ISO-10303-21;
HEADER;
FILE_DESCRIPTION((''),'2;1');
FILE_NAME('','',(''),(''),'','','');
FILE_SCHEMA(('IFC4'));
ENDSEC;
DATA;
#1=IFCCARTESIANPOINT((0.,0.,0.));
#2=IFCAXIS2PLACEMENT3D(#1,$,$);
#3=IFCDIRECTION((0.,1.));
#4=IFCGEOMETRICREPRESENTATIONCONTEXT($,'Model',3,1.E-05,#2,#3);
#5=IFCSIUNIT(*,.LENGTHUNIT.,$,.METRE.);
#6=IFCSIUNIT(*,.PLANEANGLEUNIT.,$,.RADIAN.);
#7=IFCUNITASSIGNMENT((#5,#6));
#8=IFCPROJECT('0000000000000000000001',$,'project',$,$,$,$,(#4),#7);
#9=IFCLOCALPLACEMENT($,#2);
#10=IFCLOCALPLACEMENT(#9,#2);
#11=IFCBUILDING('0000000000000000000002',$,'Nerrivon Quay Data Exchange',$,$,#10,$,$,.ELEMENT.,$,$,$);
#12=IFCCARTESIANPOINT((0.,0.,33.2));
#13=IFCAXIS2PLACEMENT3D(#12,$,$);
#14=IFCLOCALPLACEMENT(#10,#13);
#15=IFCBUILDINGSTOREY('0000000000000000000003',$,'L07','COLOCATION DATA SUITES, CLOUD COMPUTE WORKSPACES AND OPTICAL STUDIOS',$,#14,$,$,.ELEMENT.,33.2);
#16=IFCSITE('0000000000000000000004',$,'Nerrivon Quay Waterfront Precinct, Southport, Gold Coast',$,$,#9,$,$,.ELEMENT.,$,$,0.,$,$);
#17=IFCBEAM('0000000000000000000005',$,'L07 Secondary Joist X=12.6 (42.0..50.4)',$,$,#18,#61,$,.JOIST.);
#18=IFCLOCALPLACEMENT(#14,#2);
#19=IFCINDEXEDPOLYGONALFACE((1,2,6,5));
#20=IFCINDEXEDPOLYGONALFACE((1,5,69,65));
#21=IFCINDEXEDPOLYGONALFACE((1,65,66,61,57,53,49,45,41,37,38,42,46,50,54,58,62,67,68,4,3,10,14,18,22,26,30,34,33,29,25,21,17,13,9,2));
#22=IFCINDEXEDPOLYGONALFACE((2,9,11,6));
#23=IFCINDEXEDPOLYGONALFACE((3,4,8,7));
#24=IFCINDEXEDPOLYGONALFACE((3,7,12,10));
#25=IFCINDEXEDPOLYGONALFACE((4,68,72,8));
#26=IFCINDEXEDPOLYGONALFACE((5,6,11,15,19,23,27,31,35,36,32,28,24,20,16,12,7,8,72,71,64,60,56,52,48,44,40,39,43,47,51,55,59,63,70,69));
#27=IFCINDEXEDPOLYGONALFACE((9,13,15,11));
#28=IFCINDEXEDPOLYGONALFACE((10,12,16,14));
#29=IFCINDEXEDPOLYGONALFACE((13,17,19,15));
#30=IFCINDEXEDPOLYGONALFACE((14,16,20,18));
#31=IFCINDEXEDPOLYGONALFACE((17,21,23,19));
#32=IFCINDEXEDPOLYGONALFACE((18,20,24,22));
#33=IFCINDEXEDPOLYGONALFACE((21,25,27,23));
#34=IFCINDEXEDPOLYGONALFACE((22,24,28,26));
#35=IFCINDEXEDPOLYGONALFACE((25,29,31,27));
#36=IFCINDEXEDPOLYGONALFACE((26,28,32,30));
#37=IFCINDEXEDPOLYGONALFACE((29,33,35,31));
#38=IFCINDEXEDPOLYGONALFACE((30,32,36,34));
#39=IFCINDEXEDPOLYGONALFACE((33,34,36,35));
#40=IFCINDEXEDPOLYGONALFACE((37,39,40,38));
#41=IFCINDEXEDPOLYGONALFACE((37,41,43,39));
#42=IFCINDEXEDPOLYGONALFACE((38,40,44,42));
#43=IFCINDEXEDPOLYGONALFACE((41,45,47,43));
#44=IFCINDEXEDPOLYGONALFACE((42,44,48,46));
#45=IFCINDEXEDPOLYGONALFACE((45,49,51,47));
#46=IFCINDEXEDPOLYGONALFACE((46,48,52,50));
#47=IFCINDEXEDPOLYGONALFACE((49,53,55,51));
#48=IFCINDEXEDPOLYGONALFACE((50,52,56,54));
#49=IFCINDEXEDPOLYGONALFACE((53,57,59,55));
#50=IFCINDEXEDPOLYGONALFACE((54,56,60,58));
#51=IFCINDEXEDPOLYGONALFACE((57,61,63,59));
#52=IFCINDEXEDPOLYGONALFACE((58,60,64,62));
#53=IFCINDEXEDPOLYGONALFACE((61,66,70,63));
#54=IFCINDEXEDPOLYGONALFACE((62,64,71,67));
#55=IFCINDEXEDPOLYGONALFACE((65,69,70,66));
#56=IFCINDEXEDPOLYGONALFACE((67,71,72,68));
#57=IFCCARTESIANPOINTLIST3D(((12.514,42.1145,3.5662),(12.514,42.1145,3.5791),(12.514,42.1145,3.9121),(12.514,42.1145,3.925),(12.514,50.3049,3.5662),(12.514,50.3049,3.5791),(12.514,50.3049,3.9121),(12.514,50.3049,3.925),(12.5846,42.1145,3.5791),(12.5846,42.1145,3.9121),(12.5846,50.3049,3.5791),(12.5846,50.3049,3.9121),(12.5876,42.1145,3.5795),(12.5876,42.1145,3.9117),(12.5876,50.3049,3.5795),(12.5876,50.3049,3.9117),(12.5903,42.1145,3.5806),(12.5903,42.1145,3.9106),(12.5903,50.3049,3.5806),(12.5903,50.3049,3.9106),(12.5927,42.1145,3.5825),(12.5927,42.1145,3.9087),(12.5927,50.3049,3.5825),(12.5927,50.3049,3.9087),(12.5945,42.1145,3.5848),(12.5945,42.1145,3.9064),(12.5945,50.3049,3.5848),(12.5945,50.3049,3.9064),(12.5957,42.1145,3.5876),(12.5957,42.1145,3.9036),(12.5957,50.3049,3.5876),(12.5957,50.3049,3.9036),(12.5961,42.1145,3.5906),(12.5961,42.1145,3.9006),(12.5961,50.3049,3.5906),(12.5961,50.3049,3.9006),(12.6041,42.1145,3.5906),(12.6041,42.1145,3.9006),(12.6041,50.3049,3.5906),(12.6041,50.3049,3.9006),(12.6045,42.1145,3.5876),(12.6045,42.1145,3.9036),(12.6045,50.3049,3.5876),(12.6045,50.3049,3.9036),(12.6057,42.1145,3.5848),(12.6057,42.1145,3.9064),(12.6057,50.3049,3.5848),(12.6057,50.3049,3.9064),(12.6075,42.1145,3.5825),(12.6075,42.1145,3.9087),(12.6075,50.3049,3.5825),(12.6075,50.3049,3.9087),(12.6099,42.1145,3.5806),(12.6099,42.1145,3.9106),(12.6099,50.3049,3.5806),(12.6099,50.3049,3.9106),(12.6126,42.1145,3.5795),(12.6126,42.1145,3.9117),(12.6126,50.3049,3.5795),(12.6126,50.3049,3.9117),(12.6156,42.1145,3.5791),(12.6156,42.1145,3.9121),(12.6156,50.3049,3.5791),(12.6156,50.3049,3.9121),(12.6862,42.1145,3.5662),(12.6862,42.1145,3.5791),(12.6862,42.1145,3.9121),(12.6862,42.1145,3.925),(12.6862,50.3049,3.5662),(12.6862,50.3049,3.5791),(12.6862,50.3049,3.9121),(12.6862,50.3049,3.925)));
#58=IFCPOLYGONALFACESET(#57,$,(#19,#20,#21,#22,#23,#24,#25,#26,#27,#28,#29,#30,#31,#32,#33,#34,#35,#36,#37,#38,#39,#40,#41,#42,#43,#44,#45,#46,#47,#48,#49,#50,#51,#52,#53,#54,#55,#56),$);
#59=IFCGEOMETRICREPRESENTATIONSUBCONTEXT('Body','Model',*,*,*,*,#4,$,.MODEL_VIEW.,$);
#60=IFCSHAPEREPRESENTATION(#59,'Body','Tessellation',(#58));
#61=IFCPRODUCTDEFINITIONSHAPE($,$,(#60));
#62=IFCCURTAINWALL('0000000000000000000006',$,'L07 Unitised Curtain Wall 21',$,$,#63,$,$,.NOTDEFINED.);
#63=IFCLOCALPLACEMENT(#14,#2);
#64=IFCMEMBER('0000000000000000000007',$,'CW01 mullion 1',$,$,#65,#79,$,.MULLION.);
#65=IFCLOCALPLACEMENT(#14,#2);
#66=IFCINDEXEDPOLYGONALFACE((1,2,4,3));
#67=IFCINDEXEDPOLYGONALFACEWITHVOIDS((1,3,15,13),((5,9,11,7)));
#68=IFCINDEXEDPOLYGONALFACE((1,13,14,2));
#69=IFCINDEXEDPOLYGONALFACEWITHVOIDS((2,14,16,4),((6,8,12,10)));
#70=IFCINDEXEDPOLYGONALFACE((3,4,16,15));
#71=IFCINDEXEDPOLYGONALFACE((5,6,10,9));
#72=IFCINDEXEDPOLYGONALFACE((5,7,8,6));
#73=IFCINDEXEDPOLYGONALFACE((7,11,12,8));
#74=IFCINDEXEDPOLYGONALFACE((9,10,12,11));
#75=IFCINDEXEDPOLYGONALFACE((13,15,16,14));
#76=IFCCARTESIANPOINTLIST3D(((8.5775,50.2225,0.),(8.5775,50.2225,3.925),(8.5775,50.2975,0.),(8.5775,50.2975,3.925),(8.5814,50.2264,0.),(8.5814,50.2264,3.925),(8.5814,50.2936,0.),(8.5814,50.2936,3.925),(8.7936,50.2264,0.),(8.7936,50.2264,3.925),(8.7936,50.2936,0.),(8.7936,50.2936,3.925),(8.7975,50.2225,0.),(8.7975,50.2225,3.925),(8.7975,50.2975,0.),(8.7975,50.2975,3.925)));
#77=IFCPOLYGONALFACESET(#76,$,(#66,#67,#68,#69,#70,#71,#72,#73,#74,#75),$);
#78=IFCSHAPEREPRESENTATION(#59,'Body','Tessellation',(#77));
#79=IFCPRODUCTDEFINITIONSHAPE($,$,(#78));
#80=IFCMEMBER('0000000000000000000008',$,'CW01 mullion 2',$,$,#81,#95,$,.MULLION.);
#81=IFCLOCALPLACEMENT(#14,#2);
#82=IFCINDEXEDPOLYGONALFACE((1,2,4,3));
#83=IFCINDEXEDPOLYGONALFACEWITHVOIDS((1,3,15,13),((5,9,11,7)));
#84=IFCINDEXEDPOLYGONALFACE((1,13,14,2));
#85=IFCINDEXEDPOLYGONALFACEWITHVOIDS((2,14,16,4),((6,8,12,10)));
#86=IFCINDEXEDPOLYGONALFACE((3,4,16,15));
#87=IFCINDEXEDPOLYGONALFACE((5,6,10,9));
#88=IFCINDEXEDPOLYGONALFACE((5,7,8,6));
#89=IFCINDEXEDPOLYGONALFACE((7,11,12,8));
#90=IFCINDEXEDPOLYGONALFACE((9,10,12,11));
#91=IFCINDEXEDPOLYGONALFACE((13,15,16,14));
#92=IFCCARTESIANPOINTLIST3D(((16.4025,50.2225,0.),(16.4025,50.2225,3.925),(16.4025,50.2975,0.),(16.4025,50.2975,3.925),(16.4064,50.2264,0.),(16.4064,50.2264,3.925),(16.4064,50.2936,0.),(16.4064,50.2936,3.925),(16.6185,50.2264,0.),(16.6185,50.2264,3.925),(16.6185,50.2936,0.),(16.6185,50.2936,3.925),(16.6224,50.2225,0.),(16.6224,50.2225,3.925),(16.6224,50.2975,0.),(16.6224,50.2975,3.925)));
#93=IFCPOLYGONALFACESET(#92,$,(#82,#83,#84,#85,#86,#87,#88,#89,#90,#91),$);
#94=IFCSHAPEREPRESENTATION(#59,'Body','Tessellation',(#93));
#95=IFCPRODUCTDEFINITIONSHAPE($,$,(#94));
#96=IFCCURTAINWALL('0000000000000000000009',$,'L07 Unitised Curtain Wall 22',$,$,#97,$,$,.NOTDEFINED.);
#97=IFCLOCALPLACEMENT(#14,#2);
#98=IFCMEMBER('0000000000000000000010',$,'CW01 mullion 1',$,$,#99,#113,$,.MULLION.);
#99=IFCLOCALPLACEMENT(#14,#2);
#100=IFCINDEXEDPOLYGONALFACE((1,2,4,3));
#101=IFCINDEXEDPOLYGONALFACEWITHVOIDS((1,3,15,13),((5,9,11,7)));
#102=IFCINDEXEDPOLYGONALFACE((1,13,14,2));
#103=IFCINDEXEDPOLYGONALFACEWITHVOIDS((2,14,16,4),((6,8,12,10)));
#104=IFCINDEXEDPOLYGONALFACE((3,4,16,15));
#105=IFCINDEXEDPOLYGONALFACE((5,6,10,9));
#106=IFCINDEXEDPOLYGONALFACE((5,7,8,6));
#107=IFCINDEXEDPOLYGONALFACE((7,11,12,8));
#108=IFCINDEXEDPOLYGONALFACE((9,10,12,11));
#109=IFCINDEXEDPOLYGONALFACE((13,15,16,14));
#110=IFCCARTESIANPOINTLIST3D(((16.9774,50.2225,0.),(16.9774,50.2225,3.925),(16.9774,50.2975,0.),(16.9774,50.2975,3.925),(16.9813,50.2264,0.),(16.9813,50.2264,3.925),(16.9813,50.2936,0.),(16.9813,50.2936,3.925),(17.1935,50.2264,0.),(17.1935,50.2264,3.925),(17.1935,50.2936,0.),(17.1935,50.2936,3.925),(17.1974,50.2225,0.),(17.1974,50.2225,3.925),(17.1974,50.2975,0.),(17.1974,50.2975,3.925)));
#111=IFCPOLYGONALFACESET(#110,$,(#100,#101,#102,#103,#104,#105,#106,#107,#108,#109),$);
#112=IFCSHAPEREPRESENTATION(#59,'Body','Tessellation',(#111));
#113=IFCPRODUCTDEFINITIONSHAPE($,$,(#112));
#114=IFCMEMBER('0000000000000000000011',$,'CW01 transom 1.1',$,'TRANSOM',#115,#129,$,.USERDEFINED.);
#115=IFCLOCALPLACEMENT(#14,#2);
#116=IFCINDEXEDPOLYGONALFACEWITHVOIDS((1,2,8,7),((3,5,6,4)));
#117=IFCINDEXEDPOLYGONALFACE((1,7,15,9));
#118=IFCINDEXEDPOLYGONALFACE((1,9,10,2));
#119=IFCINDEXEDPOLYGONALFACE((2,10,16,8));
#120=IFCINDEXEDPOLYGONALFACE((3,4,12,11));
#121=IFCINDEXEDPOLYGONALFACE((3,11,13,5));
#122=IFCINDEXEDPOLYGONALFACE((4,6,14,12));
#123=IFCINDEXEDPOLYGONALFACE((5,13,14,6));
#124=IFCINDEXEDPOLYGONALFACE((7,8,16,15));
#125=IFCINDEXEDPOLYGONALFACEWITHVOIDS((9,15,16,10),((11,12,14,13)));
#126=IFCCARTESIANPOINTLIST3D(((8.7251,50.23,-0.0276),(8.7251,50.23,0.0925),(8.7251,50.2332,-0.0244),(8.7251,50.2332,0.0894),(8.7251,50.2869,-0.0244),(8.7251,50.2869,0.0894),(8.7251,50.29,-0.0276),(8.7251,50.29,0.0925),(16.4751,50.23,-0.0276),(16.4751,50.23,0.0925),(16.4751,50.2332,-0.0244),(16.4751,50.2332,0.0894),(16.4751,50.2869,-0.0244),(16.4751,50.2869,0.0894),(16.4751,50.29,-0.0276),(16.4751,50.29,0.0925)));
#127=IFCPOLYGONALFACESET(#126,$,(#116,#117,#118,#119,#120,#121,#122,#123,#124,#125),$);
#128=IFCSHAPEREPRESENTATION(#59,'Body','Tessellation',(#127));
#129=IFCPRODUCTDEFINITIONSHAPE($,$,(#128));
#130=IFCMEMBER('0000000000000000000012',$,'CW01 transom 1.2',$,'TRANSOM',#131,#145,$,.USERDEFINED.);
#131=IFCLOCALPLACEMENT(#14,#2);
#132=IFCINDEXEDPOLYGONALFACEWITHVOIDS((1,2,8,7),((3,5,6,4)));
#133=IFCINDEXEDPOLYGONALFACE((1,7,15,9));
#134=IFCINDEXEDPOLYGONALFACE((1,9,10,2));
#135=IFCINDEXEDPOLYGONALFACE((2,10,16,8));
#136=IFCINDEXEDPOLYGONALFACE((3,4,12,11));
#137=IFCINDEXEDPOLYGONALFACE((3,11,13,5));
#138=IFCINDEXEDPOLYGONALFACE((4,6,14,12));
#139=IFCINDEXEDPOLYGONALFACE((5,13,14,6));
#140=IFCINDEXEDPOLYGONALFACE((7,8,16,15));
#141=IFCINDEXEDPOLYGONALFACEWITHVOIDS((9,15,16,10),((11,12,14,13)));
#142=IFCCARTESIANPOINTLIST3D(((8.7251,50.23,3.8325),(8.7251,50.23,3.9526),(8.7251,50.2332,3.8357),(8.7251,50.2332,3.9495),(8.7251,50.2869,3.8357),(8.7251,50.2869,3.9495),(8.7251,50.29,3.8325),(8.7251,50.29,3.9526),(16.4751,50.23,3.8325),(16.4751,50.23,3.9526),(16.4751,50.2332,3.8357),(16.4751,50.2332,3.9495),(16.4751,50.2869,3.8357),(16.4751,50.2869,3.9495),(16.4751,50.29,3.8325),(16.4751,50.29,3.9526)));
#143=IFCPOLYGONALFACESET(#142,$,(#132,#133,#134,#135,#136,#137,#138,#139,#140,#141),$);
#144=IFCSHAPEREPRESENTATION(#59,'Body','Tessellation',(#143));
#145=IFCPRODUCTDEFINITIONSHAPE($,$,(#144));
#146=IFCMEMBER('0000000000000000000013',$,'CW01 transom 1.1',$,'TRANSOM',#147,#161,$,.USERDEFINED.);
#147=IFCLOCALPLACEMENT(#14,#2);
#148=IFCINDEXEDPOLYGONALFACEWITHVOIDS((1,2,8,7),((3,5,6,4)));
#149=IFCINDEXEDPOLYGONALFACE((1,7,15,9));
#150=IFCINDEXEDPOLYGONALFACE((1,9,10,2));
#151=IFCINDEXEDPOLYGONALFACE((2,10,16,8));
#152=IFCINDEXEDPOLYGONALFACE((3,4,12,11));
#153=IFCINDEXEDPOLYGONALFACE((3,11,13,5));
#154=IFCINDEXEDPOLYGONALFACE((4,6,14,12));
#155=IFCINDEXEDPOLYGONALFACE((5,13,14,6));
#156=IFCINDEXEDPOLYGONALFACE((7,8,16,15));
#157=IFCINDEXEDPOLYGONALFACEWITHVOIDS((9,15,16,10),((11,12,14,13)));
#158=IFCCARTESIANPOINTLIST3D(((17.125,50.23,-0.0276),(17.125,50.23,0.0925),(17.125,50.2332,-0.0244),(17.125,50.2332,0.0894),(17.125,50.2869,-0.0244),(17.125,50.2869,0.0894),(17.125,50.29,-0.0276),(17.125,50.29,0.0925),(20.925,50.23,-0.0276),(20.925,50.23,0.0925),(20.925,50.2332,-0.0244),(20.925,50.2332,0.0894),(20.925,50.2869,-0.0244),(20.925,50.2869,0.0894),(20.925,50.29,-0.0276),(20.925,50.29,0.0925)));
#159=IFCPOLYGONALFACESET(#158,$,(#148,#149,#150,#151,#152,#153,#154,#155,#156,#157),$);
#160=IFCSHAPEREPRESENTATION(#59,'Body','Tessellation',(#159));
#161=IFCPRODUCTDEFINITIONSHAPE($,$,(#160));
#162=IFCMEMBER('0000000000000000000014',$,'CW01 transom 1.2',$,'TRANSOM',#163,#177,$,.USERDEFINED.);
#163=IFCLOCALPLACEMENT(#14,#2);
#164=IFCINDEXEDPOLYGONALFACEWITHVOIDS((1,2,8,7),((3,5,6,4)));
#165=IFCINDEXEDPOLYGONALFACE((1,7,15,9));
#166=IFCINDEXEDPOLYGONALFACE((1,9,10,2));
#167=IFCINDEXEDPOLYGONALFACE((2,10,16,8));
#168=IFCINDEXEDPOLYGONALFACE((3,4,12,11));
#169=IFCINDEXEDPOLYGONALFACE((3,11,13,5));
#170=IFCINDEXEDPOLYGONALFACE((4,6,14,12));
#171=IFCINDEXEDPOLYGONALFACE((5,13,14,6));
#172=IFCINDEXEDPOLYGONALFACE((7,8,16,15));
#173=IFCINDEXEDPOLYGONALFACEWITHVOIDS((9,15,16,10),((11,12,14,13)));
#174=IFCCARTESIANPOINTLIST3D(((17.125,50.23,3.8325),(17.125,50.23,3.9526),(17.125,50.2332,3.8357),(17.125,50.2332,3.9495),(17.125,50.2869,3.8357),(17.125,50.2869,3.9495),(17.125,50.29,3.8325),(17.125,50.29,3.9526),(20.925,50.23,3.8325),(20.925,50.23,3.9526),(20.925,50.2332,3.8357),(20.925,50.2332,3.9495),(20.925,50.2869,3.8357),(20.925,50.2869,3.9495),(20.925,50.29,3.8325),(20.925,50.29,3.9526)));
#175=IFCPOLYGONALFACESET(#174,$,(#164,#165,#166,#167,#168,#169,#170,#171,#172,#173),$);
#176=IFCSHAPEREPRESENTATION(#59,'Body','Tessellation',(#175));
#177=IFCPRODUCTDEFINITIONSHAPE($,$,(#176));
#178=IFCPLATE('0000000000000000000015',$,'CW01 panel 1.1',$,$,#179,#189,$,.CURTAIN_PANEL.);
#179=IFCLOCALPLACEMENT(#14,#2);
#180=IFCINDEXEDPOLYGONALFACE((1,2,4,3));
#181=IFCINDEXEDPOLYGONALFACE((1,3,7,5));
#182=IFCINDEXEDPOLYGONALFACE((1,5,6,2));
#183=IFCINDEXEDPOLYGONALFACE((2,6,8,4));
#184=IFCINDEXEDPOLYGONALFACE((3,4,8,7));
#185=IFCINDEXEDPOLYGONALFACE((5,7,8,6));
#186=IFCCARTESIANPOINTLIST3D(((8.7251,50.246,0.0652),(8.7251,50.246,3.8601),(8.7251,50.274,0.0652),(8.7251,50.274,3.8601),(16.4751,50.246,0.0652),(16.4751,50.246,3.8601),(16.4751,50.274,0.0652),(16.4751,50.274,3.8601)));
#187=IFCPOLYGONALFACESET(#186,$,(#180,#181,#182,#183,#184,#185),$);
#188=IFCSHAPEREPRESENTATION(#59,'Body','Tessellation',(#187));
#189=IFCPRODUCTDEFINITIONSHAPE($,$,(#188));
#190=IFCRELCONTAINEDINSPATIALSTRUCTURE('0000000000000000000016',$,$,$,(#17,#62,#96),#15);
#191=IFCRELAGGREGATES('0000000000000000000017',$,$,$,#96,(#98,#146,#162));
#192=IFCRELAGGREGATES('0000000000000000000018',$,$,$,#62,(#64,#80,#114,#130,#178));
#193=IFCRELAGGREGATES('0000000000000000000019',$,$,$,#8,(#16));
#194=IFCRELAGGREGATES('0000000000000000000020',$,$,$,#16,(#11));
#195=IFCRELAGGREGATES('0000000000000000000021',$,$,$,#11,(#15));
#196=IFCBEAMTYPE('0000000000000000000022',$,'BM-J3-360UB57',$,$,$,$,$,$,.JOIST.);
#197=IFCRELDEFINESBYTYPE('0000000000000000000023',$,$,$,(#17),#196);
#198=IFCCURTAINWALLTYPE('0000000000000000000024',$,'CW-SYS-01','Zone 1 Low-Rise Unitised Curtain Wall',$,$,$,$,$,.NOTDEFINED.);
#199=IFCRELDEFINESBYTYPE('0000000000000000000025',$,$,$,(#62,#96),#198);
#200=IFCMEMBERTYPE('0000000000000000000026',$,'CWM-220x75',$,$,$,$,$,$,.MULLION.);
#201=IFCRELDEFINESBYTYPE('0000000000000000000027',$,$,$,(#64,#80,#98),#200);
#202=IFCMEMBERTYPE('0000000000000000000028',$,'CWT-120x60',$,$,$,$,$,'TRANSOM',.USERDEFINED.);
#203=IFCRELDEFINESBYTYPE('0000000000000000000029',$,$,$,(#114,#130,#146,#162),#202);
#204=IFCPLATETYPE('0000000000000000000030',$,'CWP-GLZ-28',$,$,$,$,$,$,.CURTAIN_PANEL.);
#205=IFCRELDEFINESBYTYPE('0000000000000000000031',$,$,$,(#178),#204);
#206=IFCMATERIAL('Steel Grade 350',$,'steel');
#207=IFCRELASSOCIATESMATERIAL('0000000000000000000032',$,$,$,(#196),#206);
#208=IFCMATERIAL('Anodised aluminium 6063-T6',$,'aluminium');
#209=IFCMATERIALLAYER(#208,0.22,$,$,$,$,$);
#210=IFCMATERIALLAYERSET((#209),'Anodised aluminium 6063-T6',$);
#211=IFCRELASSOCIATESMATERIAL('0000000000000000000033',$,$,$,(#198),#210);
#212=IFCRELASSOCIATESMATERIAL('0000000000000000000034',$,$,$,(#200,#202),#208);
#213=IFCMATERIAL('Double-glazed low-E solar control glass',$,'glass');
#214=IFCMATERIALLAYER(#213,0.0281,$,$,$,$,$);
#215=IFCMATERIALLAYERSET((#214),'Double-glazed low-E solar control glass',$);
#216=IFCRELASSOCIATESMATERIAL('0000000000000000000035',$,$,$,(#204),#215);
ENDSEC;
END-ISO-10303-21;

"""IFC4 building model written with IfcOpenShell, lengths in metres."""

from ifc_helpers import new_model, si_unit, direction, frame, origin, origin_2d, place, context, subcontext, project, spatial, rectangle, hollow_rectangle, i_section, extrude, material, layer, layer_set, material_profile, profile_set, type_object, element, aggregate, save


model = new_model("IFC4")

# Units and contexts
model_context = context("Model", 3, precision=1e-05, world=origin(), true_north=direction((0.0, 1.0)))
body_context = subcontext(model_context, "Body", "Model", "MODEL_VIEW")
ifc_project = project(units=[si_unit("LENGTHUNIT", "METRE"), si_unit("PLANEANGLEUNIT", "RADIAN")], contexts=[model_context])

# Site, building, storey
site_placement = place(None, origin())
site = spatial("IfcSite", under=ifc_project, at=site_placement, Name="Nerrivon Quay Waterfront Precinct, Southport, Gold Coast", CompositionType="ELEMENT", RefElevation=0.0)
building_placement = place(site_placement, origin())
building = spatial("IfcBuilding", under=site, at=building_placement, Name="Nerrivon Quay Data Exchange", CompositionType="ELEMENT")
storey_placement = place(building_placement, frame((0.0, 0.0, 33.2)))
storey = spatial("IfcBuildingStorey", under=building, at=storey_placement, Name="L07", Description="COLOCATION DATA SUITES, CLOUD COMPUTE WORKSPACES AND OPTICAL STUDIOS", CompositionType="ELEMENT", Elevation=33.2)

# Shared definitions
ifc_material_1 = material(Name="Steel Grade 350", Category="steel")

# Beam
ifc_material_profile_1 = material_profile(ifc_material_1, i_section(OverallWidth=0.1721, OverallDepth=0.3589, WebThickness=0.0081, FlangeThickness=0.0129, FilletRadius=0.0115, at=origin_2d()), Name="360UB56.7")
ifc_profile_set_1 = profile_set([ifc_material_profile_1], Name="Steel Grade 350")
beam_type_1 = type_object("IfcBeamType", Name="BM-J3-360UB57", PredefinedType="JOIST", material=ifc_profile_set_1)
beam_1_placement = place(storey_placement, frame((12.6001, 42.1145, 3.7456), z_axis=(0.0, 1.0, 0.0), x_axis=(-1.0, 0.0, 0.0)))
element("IfcBeam", 1, at=beam_1_placement, inside=storey, type_object=beam_type_1, Name="L07 Secondary Joist X=12.6 (42.0..50.4)", PredefinedType="JOIST", context=body_context, shape_type="SweptSolid", body=[
    extrude(i_section(OverallWidth=0.1721, OverallDepth=0.3589, WebThickness=0.0081, FlangeThickness=0.0129, FilletRadius=0.0115, at=origin_2d()), origin(), (0.0, 0.0, 1.0), 8.1904),
])

# Curtain wall, members
ifc_material_2 = material(Name="Anodised aluminium 6063-T6", Category="aluminium")
ifc_layer_1 = layer(ifc_material_2, 0.22)
ifc_layer_set_1 = layer_set([ifc_layer_1], Name="Anodised aluminium 6063-T6")
curtain_wall_type = type_object("IfcCurtainWallType", Name="CW-SYS-01", Description="Zone 1 Low-Rise Unitised Curtain Wall", PredefinedType="NOTDEFINED", material=ifc_layer_set_1)
curtain_wall_1_placement = place(storey_placement, origin())
curtain_wall_1 = element("IfcCurtainWall", 2, at=curtain_wall_1_placement, inside=storey, type_object=curtain_wall_type, Name="L07 Unitised Curtain Wall 21", PredefinedType="NOTDEFINED")
ifc_material_profile_2 = material_profile(ifc_material_2, hollow_rectangle(XDim=0.075, YDim=0.22, WallThickness=0.0039, at=origin_2d()), Name="ALU-MULL-220x75")
ifc_profile_set_2 = profile_set([ifc_material_profile_2], Name="Anodised aluminium 6063-T6")
member_type_1 = type_object("IfcMemberType", Name="CWM-220x75", PredefinedType="MULLION", material=ifc_profile_set_2)
member_1_placement = place(storey_placement, frame((8.6875, 50.26, 0.0), z_axis=(0.0, 0.0, 1.0), x_axis=(0.0, 1.0, 0.0)))
member_1 = element("IfcMember", 3, at=member_1_placement, type_object=member_type_1, Name="CW01 mullion 1", PredefinedType="MULLION", context=body_context, shape_type="SweptSolid", body=[
    extrude(hollow_rectangle(XDim=0.075, YDim=0.22, WallThickness=0.0039, at=origin_2d()), origin(), (0.0, 0.0, 1.0), 3.925),
])
member_2_placement = place(storey_placement, frame((16.5125, 50.26, 0.0), z_axis=(0.0, 0.0, 1.0), x_axis=(0.0, 1.0, 0.0)))
member_2 = element("IfcMember", 4, at=member_2_placement, type_object=member_type_1, Name="CW01 mullion 2", PredefinedType="MULLION", context=body_context, shape_type="SweptSolid", body=[
    extrude(hollow_rectangle(XDim=0.075, YDim=0.22, WallThickness=0.0039, at=origin_2d()), origin(), (0.0, 0.0, 1.0), 3.925),
])

# Curtain wall, member
curtain_wall_2_placement = place(storey_placement, origin())
curtain_wall_2 = element("IfcCurtainWall", 5, at=curtain_wall_2_placement, inside=storey, type_object=curtain_wall_type, Name="L07 Unitised Curtain Wall 22", PredefinedType="NOTDEFINED")
member_3_placement = place(storey_placement, frame((17.0874, 50.26, 0.0), z_axis=(0.0, 0.0, 1.0), x_axis=(0.0, 1.0, 0.0)))
member_3 = element("IfcMember", 6, at=member_3_placement, type_object=member_type_1, Name="CW01 mullion 1", PredefinedType="MULLION", context=body_context, shape_type="SweptSolid", body=[
    extrude(hollow_rectangle(XDim=0.075, YDim=0.22, WallThickness=0.0039, at=origin_2d()), origin(), (0.0, 0.0, 1.0), 3.925),
])

# Members
ifc_material_profile_3 = material_profile(ifc_material_2, hollow_rectangle(XDim=0.0601, YDim=0.1201, WallThickness=0.0032, at=origin_2d()), Name="ALU-TRAN-120x60")
ifc_profile_set_3 = profile_set([ifc_material_profile_3], Name="Anodised aluminium 6063-T6")
member_type_2 = type_object("IfcMemberType", Name="CWT-120x60", ElementType="TRANSOM", PredefinedType="USERDEFINED", material=ifc_profile_set_3)
member_4_placement = place(storey_placement, frame((8.7251, 50.26, 0.0325), z_axis=(1.0, 0.0, 0.0), x_axis=(0.0, 1.0, 0.0)))
member_4 = element("IfcMember", 7, at=member_4_placement, type_object=member_type_2, Name="CW01 transom 1.1", ObjectType="TRANSOM", PredefinedType="USERDEFINED", context=body_context, shape_type="SweptSolid", body=[
    extrude(hollow_rectangle(XDim=0.0601, YDim=0.1201, WallThickness=0.0032, at=origin_2d()), origin(), (0.0, 0.0, 1.0), 7.75),
])
member_5_placement = place(storey_placement, frame((8.7251, 50.26, 3.8926), z_axis=(1.0, 0.0, 0.0), x_axis=(0.0, 1.0, 0.0)))
member_5 = element("IfcMember", 8, at=member_5_placement, type_object=member_type_2, Name="CW01 transom 1.2", ObjectType="TRANSOM", PredefinedType="USERDEFINED", context=body_context, shape_type="SweptSolid", body=[
    extrude(hollow_rectangle(XDim=0.0601, YDim=0.1201, WallThickness=0.0032, at=origin_2d()), origin(), (0.0, 0.0, 1.0), 7.75),
])
member_6_placement = place(storey_placement, frame((17.125, 50.26, 0.0325), z_axis=(1.0, 0.0, 0.0), x_axis=(0.0, 1.0, 0.0)))
member_6 = element("IfcMember", 9, at=member_6_placement, type_object=member_type_2, Name="CW01 transom 1.1", ObjectType="TRANSOM", PredefinedType="USERDEFINED", context=body_context, shape_type="SweptSolid", body=[
    extrude(hollow_rectangle(XDim=0.0601, YDim=0.1201, WallThickness=0.0032, at=origin_2d()), origin(), (0.0, 0.0, 1.0), 3.8),
])
member_7_placement = place(storey_placement, frame((17.125, 50.26, 3.8926), z_axis=(1.0, 0.0, 0.0), x_axis=(0.0, 1.0, 0.0)))
member_7 = element("IfcMember", 10, at=member_7_placement, type_object=member_type_2, Name="CW01 transom 1.2", ObjectType="TRANSOM", PredefinedType="USERDEFINED", context=body_context, shape_type="SweptSolid", body=[
    extrude(hollow_rectangle(XDim=0.0601, YDim=0.1201, WallThickness=0.0032, at=origin_2d()), origin(), (0.0, 0.0, 1.0), 3.8),
])
aggregate(curtain_wall_2, [member_3, member_6, member_7])

# Plate
ifc_material_3 = material(Name="Double-glazed low-E solar control glass", Category="glass")
ifc_layer_2 = layer(ifc_material_3, 0.0281)
ifc_layer_set_2 = layer_set([ifc_layer_2], Name="Double-glazed low-E solar control glass")
plate_type = type_object("IfcPlateType", Name="CWP-GLZ-28", PredefinedType="CURTAIN_PANEL", material=ifc_layer_set_2)
plate_placement = place(storey_placement, frame((12.6001, 50.26, 0.0652), z_axis=(0.0, 0.0, 1.0), x_axis=(1.0, 0.0, 0.0)))
plate = element("IfcPlate", 11, at=plate_placement, type_object=plate_type, Name="CW01 panel 1.1", PredefinedType="CURTAIN_PANEL", context=body_context, shape_type="SweptSolid", body=[
    extrude(rectangle(XDim=7.75, YDim=0.0281, at=origin_2d()), origin(), (0.0, 0.0, 1.0), 3.7949),
])
aggregate(curtain_wall_1, [member_1, member_2, member_4, member_5, plate])

save(model, "model.ifc")
